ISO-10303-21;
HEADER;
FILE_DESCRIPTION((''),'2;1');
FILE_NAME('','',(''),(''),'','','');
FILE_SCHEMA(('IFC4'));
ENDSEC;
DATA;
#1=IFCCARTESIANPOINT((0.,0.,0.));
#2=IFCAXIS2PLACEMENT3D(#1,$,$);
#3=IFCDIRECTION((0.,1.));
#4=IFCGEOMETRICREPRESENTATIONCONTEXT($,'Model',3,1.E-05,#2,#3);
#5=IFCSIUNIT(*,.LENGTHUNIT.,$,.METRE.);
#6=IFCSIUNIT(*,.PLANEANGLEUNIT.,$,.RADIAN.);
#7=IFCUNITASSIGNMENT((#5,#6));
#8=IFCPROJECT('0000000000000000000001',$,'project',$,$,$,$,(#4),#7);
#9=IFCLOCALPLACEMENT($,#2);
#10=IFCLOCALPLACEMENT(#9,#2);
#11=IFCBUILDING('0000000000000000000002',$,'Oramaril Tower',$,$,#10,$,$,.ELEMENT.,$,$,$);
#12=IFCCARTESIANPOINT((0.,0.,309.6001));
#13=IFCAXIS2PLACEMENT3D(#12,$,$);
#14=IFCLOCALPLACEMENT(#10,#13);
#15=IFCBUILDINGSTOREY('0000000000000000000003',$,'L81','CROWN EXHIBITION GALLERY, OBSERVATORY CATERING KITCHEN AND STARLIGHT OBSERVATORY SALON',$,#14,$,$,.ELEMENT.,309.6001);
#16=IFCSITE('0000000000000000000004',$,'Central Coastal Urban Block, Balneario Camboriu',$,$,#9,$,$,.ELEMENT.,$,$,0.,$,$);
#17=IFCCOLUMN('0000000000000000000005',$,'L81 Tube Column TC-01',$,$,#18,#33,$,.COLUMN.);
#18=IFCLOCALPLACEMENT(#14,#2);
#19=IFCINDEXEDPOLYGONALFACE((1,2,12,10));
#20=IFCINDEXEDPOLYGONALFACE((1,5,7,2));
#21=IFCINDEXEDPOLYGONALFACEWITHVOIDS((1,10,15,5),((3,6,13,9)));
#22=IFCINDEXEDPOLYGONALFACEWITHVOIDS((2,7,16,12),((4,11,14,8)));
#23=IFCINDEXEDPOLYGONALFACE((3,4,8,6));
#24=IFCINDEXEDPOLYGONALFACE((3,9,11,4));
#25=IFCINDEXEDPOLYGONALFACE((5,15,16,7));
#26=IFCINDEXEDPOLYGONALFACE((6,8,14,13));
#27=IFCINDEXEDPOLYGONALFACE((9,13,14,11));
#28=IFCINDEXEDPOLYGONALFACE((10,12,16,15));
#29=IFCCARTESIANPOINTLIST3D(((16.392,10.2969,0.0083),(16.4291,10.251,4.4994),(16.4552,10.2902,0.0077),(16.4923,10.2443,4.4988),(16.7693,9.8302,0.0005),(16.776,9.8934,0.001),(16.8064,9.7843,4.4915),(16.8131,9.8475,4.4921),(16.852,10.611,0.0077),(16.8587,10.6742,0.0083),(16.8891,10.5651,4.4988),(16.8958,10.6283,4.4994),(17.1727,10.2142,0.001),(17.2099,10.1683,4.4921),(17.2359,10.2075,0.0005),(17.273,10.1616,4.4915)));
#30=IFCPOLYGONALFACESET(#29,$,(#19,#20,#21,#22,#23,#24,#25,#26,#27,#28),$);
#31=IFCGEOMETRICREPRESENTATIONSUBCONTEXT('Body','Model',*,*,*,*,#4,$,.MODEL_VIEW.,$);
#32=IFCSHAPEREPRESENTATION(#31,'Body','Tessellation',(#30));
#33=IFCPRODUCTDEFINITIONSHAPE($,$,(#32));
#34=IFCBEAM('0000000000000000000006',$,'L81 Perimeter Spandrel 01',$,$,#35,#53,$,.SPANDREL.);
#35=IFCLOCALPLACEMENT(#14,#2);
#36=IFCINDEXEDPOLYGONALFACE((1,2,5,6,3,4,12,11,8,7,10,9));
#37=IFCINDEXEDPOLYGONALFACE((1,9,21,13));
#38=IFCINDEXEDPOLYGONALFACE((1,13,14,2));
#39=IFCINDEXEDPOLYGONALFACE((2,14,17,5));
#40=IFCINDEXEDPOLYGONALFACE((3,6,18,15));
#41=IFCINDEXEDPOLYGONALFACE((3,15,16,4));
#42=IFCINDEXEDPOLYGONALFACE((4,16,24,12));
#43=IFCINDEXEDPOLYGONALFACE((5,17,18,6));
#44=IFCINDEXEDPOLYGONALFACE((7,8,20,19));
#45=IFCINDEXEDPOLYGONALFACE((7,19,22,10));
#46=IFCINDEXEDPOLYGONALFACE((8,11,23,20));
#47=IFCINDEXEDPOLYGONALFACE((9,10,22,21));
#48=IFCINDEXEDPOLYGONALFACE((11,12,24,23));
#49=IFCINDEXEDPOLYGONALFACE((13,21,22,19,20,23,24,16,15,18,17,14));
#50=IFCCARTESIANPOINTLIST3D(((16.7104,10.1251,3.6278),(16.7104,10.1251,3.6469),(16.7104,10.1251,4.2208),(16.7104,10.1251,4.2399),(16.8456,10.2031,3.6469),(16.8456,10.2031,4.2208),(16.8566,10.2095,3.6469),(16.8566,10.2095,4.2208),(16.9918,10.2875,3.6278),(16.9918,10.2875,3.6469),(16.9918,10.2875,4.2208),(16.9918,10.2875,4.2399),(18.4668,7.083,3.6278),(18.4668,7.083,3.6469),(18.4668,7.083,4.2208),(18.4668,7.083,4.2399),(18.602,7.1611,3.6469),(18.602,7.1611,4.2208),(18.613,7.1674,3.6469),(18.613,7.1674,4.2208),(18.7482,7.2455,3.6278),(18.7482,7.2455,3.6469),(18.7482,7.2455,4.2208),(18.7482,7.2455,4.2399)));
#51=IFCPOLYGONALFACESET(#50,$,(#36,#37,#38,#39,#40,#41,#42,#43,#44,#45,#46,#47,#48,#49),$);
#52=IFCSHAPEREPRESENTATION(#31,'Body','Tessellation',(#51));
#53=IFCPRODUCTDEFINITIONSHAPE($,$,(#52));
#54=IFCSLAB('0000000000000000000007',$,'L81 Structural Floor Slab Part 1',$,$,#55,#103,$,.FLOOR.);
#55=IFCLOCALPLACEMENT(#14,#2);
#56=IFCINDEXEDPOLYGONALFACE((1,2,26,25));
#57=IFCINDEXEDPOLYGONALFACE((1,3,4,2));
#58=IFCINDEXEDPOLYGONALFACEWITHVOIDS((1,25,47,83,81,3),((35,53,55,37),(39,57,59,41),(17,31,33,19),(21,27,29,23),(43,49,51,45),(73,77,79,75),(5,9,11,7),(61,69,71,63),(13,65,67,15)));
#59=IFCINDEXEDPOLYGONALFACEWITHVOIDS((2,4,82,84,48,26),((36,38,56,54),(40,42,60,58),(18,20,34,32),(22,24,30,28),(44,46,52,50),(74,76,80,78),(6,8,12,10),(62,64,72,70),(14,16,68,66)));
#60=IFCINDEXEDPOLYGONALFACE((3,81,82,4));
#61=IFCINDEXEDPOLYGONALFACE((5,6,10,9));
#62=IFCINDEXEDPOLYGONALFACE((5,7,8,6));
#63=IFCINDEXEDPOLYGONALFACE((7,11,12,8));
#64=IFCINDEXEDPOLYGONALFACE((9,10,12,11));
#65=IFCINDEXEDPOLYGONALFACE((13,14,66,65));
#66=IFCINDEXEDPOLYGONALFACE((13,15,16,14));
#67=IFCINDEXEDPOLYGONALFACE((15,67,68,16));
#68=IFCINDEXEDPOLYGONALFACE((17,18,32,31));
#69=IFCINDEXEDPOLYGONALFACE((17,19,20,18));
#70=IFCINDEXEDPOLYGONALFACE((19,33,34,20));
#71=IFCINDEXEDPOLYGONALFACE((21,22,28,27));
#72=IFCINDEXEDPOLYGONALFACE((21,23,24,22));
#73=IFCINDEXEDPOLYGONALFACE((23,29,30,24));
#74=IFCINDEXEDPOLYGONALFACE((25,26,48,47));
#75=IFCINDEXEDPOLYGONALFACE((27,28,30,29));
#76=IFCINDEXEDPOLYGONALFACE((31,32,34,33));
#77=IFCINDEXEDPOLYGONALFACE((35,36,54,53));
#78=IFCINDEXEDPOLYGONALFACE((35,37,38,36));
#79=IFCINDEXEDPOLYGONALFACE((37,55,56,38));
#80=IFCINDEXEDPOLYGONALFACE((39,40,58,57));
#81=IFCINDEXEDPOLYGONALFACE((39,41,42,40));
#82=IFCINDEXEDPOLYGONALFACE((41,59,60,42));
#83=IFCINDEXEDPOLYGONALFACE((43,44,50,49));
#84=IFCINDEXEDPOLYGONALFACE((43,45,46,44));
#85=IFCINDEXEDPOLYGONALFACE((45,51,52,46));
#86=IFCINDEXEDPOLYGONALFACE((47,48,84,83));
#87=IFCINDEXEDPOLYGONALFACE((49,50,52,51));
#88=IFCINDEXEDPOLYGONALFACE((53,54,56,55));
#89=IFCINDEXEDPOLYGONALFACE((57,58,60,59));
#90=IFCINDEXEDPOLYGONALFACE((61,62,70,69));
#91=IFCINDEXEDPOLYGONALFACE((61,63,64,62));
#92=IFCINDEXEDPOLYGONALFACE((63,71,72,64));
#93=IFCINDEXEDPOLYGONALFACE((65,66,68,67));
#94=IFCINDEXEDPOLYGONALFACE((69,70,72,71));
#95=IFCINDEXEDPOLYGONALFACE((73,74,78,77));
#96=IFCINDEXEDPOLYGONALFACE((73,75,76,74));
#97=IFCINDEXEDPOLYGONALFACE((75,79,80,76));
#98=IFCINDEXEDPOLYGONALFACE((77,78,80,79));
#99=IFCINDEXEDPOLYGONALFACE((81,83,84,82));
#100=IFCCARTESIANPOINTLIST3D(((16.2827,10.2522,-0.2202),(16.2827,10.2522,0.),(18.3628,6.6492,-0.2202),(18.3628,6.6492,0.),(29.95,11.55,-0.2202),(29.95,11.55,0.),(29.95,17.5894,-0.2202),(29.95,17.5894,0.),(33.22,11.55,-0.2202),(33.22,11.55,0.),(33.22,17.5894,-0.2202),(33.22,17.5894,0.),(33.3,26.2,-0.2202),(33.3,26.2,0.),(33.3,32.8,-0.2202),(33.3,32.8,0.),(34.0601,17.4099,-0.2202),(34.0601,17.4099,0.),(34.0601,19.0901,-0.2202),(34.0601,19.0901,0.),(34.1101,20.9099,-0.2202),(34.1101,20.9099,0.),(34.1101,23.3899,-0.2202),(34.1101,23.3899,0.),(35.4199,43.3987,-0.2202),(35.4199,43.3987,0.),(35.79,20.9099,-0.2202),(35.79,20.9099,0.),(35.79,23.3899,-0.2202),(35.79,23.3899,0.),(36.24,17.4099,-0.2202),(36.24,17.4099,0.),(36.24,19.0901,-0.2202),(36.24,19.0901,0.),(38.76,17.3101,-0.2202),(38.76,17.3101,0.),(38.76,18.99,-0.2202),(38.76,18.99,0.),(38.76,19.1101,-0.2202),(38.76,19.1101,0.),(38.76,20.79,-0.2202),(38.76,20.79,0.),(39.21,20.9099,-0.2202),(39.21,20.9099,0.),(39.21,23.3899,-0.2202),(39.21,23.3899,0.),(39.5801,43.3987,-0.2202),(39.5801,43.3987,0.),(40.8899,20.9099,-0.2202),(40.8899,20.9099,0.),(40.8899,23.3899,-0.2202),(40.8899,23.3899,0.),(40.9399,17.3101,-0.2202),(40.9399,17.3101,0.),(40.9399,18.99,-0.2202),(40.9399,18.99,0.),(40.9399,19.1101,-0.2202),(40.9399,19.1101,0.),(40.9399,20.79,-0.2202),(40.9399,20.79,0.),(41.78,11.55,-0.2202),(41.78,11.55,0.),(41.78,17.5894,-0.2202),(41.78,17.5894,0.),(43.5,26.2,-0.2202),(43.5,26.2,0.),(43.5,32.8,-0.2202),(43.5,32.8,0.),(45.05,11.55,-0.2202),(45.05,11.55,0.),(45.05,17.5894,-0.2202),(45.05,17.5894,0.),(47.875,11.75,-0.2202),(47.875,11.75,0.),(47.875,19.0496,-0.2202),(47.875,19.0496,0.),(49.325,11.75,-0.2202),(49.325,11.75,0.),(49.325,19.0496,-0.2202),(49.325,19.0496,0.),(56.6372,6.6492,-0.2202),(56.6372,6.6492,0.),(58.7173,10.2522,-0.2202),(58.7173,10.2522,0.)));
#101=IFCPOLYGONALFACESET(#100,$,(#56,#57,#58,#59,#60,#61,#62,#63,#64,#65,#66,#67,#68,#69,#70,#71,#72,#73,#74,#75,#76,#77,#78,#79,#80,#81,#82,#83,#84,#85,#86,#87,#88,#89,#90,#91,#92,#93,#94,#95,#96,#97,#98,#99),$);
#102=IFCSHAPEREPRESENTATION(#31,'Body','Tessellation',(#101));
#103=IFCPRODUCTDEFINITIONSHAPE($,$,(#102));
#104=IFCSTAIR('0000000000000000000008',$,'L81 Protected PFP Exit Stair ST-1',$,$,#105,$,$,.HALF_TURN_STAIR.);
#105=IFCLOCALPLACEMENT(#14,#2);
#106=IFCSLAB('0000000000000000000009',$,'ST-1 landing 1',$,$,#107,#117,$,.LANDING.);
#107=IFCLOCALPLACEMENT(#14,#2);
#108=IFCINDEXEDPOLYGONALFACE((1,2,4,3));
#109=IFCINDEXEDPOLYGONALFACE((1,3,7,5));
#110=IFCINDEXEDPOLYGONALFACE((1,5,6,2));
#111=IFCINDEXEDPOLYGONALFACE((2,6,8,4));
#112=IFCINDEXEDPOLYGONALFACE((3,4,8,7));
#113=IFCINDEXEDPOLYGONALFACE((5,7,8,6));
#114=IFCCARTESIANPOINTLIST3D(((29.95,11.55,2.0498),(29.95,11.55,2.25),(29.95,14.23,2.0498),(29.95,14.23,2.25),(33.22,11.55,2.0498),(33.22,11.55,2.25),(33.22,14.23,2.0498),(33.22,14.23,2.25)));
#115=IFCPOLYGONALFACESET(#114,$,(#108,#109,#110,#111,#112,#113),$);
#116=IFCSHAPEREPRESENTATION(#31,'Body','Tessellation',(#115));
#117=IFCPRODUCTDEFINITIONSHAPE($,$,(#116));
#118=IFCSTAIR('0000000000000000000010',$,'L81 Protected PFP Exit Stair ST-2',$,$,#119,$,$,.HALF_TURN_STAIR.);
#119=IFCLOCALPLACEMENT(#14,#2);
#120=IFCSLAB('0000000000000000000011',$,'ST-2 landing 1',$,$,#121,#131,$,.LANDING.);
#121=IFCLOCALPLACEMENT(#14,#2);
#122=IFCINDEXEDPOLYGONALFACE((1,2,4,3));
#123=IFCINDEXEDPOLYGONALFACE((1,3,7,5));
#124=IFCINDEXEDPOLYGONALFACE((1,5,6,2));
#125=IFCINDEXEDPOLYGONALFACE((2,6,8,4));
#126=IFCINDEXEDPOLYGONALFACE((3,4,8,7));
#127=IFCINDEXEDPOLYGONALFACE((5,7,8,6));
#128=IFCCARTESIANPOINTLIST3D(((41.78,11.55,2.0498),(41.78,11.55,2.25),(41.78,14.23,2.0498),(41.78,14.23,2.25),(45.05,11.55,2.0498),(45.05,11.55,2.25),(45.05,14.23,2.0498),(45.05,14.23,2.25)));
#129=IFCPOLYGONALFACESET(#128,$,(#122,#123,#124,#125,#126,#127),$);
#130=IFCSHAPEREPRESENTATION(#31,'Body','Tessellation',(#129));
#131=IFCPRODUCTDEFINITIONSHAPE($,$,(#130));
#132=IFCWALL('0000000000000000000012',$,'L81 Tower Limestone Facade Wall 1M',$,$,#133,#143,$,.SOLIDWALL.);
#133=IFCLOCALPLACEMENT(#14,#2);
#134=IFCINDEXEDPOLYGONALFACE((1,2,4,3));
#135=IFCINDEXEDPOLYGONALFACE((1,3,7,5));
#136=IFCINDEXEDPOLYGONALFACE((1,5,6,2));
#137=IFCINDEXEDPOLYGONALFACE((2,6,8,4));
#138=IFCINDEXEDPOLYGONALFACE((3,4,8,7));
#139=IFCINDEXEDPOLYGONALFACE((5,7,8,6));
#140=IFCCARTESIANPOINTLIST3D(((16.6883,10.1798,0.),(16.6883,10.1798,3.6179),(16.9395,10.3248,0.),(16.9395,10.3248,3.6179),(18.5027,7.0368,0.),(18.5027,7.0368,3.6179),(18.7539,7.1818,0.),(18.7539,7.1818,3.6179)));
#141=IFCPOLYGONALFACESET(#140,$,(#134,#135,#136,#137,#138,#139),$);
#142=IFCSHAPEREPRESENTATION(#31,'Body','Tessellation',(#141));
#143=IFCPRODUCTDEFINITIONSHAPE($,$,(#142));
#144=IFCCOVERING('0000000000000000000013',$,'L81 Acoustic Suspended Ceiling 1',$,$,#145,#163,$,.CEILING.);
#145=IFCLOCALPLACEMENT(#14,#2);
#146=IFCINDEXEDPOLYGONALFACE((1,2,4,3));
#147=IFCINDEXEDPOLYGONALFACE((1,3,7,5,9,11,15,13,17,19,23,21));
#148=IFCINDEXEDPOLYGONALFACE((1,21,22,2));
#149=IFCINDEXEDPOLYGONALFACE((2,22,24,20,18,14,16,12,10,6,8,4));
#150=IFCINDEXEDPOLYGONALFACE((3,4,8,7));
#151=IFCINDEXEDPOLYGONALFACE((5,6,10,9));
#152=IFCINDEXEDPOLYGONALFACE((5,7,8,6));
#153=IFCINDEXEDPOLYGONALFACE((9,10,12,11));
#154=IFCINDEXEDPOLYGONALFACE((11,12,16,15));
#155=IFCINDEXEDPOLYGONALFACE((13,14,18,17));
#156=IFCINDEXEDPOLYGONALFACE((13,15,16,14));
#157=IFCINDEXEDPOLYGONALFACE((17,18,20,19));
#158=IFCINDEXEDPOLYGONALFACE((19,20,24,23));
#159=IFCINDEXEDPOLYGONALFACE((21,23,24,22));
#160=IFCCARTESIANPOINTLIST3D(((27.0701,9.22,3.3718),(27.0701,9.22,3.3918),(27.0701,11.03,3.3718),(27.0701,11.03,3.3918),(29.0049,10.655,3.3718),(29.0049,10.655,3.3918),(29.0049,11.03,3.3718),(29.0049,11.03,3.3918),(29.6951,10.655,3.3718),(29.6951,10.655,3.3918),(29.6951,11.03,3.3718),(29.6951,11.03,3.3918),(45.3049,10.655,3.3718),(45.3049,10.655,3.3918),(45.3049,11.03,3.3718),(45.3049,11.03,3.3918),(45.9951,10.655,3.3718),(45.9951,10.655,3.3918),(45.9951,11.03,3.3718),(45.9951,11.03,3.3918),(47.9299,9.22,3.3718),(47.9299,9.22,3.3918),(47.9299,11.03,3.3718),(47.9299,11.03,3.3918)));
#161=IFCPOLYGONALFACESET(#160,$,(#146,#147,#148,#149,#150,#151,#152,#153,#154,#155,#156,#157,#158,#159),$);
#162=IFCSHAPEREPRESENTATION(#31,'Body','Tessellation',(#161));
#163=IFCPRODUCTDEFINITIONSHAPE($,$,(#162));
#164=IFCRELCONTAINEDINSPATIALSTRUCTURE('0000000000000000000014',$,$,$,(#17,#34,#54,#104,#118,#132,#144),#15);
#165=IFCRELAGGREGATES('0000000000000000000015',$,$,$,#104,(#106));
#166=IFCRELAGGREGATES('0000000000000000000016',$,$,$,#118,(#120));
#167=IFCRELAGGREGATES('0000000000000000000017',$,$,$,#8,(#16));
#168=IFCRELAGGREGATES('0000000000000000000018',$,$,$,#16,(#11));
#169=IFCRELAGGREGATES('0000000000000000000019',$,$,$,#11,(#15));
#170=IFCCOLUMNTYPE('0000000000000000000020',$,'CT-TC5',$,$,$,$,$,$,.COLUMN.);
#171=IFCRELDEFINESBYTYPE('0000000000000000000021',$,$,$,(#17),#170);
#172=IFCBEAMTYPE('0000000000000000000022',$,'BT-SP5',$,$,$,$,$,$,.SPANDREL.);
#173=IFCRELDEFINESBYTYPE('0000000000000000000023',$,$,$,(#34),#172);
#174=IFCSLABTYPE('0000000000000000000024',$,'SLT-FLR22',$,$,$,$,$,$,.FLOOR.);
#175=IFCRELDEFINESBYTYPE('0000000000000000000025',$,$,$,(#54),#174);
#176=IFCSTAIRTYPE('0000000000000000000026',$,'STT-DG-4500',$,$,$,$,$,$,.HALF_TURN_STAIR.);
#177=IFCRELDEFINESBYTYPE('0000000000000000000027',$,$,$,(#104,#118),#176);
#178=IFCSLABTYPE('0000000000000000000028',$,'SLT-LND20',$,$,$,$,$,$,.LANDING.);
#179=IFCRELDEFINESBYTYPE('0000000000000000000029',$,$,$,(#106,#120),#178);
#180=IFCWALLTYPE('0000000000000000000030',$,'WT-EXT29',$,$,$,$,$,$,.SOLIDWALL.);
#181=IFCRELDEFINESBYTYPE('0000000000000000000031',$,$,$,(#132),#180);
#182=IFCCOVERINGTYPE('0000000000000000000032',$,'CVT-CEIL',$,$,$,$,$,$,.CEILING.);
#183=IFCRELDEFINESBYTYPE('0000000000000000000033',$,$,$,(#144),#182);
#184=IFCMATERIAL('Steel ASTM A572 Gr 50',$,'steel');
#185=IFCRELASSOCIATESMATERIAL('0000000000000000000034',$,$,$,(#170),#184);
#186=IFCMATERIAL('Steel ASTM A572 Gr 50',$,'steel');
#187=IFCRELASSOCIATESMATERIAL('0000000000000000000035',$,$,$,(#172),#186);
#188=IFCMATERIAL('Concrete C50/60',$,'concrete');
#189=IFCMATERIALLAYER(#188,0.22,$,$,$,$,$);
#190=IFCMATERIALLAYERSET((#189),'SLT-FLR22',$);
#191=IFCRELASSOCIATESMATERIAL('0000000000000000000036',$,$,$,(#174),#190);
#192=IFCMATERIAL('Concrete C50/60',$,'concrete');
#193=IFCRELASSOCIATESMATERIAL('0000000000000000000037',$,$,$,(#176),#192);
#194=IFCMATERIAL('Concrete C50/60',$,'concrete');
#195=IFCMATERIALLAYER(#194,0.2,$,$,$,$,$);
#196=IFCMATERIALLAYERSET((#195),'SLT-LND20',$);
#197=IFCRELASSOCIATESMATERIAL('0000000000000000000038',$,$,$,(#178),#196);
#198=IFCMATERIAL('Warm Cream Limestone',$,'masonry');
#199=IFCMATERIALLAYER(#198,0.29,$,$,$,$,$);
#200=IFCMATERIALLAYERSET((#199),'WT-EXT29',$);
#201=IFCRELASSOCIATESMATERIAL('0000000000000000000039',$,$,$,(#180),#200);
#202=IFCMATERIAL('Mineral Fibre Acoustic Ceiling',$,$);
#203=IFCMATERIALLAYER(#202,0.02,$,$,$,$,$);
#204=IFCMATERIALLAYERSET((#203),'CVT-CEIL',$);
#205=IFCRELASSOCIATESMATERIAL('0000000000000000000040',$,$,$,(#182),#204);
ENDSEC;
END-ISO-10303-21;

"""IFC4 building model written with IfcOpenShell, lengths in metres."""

from ifc_helpers import new_model, si_unit, direction, frame, frame_2d, origin, origin_2d, place, context, subcontext, project, spatial, polyline, rectangle, hollow_rectangle, i_section, outline, extrude, material, layer, layer_set, material_profile, profile_set, type_object, element, aggregate, save


model = new_model("IFC4")

# Units and contexts
model_context = context("Model", 3, precision=1e-05, world=origin(), true_north=direction((0.0, 1.0)))
body_context = subcontext(model_context, "Body", "Model", "MODEL_VIEW")
ifc_project = project(units=[si_unit("LENGTHUNIT", "METRE"), si_unit("PLANEANGLEUNIT", "RADIAN")], contexts=[model_context])

# Site, building, storey
site_placement = place(None, origin())
site = spatial("IfcSite", under=ifc_project, at=site_placement, Name="Central Coastal Urban Block, Balneario Camboriu", CompositionType="ELEMENT", RefElevation=0.0)
building_placement = place(site_placement, origin())
building = spatial("IfcBuilding", under=site, at=building_placement, Name="Oramaril Tower", CompositionType="ELEMENT")
storey_placement = place(building_placement, frame((0.0, 0.0, 309.6001)))
storey = spatial("IfcBuildingStorey", under=building, at=storey_placement, Name="L81", Description="CROWN EXHIBITION GALLERY, OBSERVATORY CATERING KITCHEN AND STARLIGHT OBSERVATORY SALON", CompositionType="ELEMENT", Elevation=309.6001)

# Column
ifc_material_1 = material(Name="Steel ASTM A572 Gr 50", Category="steel")
ifc_material_profile_1 = material_profile(ifc_material_1, hollow_rectangle(XDim=0.6001, YDim=0.6001, WallThickness=0.0449, at=origin_2d()), Name="BOX600X600X45")
ifc_profile_set_1 = profile_set([ifc_material_profile_1], Name="Steel ASTM A572 Gr 50")
column_type = type_object("IfcColumnType", Name="CT-TC5", PredefinedType="COLUMN", material=ifc_profile_set_1)
column_placement = place(storey_placement, frame((16.814, 10.2522, 0.0044), z_axis=(0.008262, -0.010219, 0.999914), x_axis=(0.77763, 0.628722, 0.0)))
element("IfcColumn", 1, at=column_placement, inside=storey, type_object=column_type, Name="L81 Tube Column TC-01", PredefinedType="COLUMN", context=body_context, shape_type="SweptSolid", body=[
    extrude(hollow_rectangle(XDim=0.6001, YDim=0.6001, WallThickness=0.0449, at=origin_2d()), origin(), (0.0, 0.0, 1.0), 4.4915),
])

# Beam
ifc_material_2 = material(Name="Steel ASTM A572 Gr 50", Category="steel")
ifc_material_profile_2 = material_profile(ifc_material_2, i_section(OverallWidth=0.325, OverallDepth=0.6121, WebThickness=0.0127, FlangeThickness=0.019, at=origin_2d()), Name="W24X104")
ifc_profile_set_2 = profile_set([ifc_material_profile_2], Name="Steel ASTM A572 Gr 50")
beam_type = type_object("IfcBeamType", Name="BT-SP5", PredefinedType="SPANDREL", material=ifc_profile_set_2)
beam_placement = place(storey_placement, frame((16.8511, 10.2063, 3.9338), z_axis=(0.500011, -0.866019, 0.0), x_axis=(0.866019, 0.500011, 0.0)))
element("IfcBeam", 2, at=beam_placement, inside=storey, type_object=beam_type, Name="L81 Perimeter Spandrel 01", PredefinedType="SPANDREL", context=body_context, shape_type="SweptSolid", body=[
    extrude(i_section(OverallWidth=0.325, OverallDepth=0.6121, WebThickness=0.0127, FlangeThickness=0.019, at=origin_2d()), origin(), (0.0, 0.0, 1.0), 3.5127),
])

# Slab
ifc_material_3 = material(Name="Concrete C50/60", Category="concrete")
ifc_layer_1 = layer(ifc_material_3, 0.22)
ifc_layer_set_1 = layer_set([ifc_layer_1], Name="SLT-FLR22")
slab_type_1 = type_object("IfcSlabType", Name="SLT-FLR22", PredefinedType="FLOOR", material=ifc_layer_set_1)
slab_1_placement = place(storey_placement, frame((0.0, 0.0, -0.2202)))
element("IfcSlab", 3, at=slab_1_placement, inside=storey, type_object=slab_type_1, Name="L81 Structural Floor Slab Part 1", PredefinedType="FLOOR", context=body_context, shape_type="SweptSolid", body=[
    extrude(outline(polyline([(35.4199, 43.3987), (39.5801, 43.3987), (58.7173, 10.2522), (56.6372, 6.6492), (18.3628, 6.6492), (16.2827, 10.2522), (35.4199, 43.3987)]), holes=[polyline([(43.5, 32.8), (33.3, 32.8), (33.3, 26.2), (43.5, 26.2), (43.5, 32.8)]), polyline([(29.95, 17.5894), (29.95, 11.55), (33.22, 11.55), (33.22, 17.5894), (29.95, 17.5894)]), polyline([(41.78, 17.5894), (41.78, 11.55), (45.05, 11.55), (45.05, 17.5894), (41.78, 17.5894)]), polyline([(47.875, 11.75), (49.325, 11.75), (49.325, 19.0496), (47.875, 19.0496), (47.875, 11.75)]), polyline([(34.1101, 20.9099), (35.79, 20.9099), (35.79, 23.3899), (34.1101, 23.3899), (34.1101, 20.9099)]), polyline([(39.21, 20.9099), (40.8899, 20.9099), (40.8899, 23.3899), (39.21, 23.3899), (39.21, 20.9099)]), polyline([(34.0601, 17.4099), (36.24, 17.4099), (36.24, 19.0901), (34.0601, 19.0901), (34.0601, 17.4099)]), polyline([(38.76, 17.3101), (40.9399, 17.3101), (40.9399, 18.99), (38.76, 18.99), (38.76, 17.3101)]), polyline([(38.76, 19.1101), (40.9399, 19.1101), (40.9399, 20.79), (38.76, 20.79), (38.76, 19.1101)])]), origin(), (0.0, 0.0, 1.0), 0.2202),
])

# Stairs, slabs
ifc_material_4 = material(Name="Concrete C50/60", Category="concrete")
stair_type = type_object("IfcStairType", Name="STT-DG-4500", PredefinedType="HALF_TURN_STAIR", material=ifc_material_4)
stair_1_placement = place(storey_placement, origin())
stair_1 = element("IfcStair", 4, at=stair_1_placement, inside=storey, type_object=stair_type, Name="L81 Protected PFP Exit Stair ST-1", PredefinedType="HALF_TURN_STAIR")
ifc_material_5 = material(Name="Concrete C50/60", Category="concrete")
ifc_layer_2 = layer(ifc_material_5, 0.2)
ifc_layer_set_2 = layer_set([ifc_layer_2], Name="SLT-LND20")
slab_type_2 = type_object("IfcSlabType", Name="SLT-LND20", PredefinedType="LANDING", material=ifc_layer_set_2)
slab_2_placement = place(storey_placement, frame((0.0, 0.0, 2.0498)))
slab_2 = element("IfcSlab", 5, at=slab_2_placement, type_object=slab_type_2, Name="ST-1 landing 1", PredefinedType="LANDING", context=body_context, shape_type="SweptSolid", body=[
    extrude(outline(polyline([(29.95, 14.23), (29.95, 11.55), (33.22, 11.55), (33.22, 14.23), (29.95, 14.23)])), origin(), (0.0, 0.0, 1.0), 0.2002),
])
aggregate(stair_1, [slab_2])
stair_2_placement = place(storey_placement, origin())
stair_2 = element("IfcStair", 6, at=stair_2_placement, inside=storey, type_object=stair_type, Name="L81 Protected PFP Exit Stair ST-2", PredefinedType="HALF_TURN_STAIR")
slab_3_placement = place(storey_placement, frame((0.0, 0.0, 2.0498)))
slab_3 = element("IfcSlab", 7, at=slab_3_placement, type_object=slab_type_2, Name="ST-2 landing 1", PredefinedType="LANDING", context=body_context, shape_type="SweptSolid", body=[
    extrude(outline(polyline([(41.78, 14.23), (41.78, 11.55), (45.05, 11.55), (45.05, 14.23), (41.78, 14.23)])), origin(), (0.0, 0.0, 1.0), 0.2002),
])
aggregate(stair_2, [slab_3])

# Wall
ifc_material_6 = material(Name="Warm Cream Limestone", Category="masonry")
ifc_layer_3 = layer(ifc_material_6, 0.29)
ifc_layer_set_3 = layer_set([ifc_layer_3], Name="WT-EXT29")
wall_type = type_object("IfcWallType", Name="WT-EXT29", PredefinedType="SOLIDWALL", material=ifc_layer_set_3)
wall_placement = place(storey_placement, frame((16.814, 10.2522, 0.0), z_axis=(0.0, 0.0, 1.0), x_axis=(0.499959, -0.866049, 0.0)))
element("IfcWall", 8, at=wall_placement, inside=storey, type_object=wall_type, Name="L81 Tower Limestone Facade Wall 1M", PredefinedType="SOLIDWALL", context=body_context, shape_type="SweptSolid", body=[
    extrude(rectangle(XDim=3.6292, YDim=0.29, at=frame_2d((1.8145, 0.0))), origin(), (0.0, 0.0, 1.0), 3.6179),
])

# Covering
ifc_material_7 = material(Name="Mineral Fibre Acoustic Ceiling")
ifc_layer_4 = layer(ifc_material_7, 0.02)
ifc_layer_set_4 = layer_set([ifc_layer_4], Name="CVT-CEIL")
covering_type_1 = type_object("IfcCoveringType", Name="CVT-CEIL", PredefinedType="CEILING", material=ifc_layer_set_4)
covering_1_placement = place(storey_placement, frame((0.0, 0.0, 3.3718)))
element("IfcCovering", 9, at=covering_1_placement, inside=storey, type_object=covering_type_1, Name="L81 Acoustic Suspended Ceiling 1", PredefinedType="CEILING", context=body_context, shape_type="SweptSolid", body=[
    extrude(outline(polyline([(45.3049, 10.655), (45.9951, 10.655), (45.9951, 11.03), (47.9299, 11.03), (47.9299, 9.22), (27.0701, 9.22), (27.0701, 11.03), (29.0049, 11.03), (29.0049, 10.655), (29.6951, 10.655), (29.6951, 11.03), (45.3049, 11.03), (45.3049, 10.655)])), origin(), (0.0, 0.0, 1.0), 0.02),
])

save(model, "model.ifc")
